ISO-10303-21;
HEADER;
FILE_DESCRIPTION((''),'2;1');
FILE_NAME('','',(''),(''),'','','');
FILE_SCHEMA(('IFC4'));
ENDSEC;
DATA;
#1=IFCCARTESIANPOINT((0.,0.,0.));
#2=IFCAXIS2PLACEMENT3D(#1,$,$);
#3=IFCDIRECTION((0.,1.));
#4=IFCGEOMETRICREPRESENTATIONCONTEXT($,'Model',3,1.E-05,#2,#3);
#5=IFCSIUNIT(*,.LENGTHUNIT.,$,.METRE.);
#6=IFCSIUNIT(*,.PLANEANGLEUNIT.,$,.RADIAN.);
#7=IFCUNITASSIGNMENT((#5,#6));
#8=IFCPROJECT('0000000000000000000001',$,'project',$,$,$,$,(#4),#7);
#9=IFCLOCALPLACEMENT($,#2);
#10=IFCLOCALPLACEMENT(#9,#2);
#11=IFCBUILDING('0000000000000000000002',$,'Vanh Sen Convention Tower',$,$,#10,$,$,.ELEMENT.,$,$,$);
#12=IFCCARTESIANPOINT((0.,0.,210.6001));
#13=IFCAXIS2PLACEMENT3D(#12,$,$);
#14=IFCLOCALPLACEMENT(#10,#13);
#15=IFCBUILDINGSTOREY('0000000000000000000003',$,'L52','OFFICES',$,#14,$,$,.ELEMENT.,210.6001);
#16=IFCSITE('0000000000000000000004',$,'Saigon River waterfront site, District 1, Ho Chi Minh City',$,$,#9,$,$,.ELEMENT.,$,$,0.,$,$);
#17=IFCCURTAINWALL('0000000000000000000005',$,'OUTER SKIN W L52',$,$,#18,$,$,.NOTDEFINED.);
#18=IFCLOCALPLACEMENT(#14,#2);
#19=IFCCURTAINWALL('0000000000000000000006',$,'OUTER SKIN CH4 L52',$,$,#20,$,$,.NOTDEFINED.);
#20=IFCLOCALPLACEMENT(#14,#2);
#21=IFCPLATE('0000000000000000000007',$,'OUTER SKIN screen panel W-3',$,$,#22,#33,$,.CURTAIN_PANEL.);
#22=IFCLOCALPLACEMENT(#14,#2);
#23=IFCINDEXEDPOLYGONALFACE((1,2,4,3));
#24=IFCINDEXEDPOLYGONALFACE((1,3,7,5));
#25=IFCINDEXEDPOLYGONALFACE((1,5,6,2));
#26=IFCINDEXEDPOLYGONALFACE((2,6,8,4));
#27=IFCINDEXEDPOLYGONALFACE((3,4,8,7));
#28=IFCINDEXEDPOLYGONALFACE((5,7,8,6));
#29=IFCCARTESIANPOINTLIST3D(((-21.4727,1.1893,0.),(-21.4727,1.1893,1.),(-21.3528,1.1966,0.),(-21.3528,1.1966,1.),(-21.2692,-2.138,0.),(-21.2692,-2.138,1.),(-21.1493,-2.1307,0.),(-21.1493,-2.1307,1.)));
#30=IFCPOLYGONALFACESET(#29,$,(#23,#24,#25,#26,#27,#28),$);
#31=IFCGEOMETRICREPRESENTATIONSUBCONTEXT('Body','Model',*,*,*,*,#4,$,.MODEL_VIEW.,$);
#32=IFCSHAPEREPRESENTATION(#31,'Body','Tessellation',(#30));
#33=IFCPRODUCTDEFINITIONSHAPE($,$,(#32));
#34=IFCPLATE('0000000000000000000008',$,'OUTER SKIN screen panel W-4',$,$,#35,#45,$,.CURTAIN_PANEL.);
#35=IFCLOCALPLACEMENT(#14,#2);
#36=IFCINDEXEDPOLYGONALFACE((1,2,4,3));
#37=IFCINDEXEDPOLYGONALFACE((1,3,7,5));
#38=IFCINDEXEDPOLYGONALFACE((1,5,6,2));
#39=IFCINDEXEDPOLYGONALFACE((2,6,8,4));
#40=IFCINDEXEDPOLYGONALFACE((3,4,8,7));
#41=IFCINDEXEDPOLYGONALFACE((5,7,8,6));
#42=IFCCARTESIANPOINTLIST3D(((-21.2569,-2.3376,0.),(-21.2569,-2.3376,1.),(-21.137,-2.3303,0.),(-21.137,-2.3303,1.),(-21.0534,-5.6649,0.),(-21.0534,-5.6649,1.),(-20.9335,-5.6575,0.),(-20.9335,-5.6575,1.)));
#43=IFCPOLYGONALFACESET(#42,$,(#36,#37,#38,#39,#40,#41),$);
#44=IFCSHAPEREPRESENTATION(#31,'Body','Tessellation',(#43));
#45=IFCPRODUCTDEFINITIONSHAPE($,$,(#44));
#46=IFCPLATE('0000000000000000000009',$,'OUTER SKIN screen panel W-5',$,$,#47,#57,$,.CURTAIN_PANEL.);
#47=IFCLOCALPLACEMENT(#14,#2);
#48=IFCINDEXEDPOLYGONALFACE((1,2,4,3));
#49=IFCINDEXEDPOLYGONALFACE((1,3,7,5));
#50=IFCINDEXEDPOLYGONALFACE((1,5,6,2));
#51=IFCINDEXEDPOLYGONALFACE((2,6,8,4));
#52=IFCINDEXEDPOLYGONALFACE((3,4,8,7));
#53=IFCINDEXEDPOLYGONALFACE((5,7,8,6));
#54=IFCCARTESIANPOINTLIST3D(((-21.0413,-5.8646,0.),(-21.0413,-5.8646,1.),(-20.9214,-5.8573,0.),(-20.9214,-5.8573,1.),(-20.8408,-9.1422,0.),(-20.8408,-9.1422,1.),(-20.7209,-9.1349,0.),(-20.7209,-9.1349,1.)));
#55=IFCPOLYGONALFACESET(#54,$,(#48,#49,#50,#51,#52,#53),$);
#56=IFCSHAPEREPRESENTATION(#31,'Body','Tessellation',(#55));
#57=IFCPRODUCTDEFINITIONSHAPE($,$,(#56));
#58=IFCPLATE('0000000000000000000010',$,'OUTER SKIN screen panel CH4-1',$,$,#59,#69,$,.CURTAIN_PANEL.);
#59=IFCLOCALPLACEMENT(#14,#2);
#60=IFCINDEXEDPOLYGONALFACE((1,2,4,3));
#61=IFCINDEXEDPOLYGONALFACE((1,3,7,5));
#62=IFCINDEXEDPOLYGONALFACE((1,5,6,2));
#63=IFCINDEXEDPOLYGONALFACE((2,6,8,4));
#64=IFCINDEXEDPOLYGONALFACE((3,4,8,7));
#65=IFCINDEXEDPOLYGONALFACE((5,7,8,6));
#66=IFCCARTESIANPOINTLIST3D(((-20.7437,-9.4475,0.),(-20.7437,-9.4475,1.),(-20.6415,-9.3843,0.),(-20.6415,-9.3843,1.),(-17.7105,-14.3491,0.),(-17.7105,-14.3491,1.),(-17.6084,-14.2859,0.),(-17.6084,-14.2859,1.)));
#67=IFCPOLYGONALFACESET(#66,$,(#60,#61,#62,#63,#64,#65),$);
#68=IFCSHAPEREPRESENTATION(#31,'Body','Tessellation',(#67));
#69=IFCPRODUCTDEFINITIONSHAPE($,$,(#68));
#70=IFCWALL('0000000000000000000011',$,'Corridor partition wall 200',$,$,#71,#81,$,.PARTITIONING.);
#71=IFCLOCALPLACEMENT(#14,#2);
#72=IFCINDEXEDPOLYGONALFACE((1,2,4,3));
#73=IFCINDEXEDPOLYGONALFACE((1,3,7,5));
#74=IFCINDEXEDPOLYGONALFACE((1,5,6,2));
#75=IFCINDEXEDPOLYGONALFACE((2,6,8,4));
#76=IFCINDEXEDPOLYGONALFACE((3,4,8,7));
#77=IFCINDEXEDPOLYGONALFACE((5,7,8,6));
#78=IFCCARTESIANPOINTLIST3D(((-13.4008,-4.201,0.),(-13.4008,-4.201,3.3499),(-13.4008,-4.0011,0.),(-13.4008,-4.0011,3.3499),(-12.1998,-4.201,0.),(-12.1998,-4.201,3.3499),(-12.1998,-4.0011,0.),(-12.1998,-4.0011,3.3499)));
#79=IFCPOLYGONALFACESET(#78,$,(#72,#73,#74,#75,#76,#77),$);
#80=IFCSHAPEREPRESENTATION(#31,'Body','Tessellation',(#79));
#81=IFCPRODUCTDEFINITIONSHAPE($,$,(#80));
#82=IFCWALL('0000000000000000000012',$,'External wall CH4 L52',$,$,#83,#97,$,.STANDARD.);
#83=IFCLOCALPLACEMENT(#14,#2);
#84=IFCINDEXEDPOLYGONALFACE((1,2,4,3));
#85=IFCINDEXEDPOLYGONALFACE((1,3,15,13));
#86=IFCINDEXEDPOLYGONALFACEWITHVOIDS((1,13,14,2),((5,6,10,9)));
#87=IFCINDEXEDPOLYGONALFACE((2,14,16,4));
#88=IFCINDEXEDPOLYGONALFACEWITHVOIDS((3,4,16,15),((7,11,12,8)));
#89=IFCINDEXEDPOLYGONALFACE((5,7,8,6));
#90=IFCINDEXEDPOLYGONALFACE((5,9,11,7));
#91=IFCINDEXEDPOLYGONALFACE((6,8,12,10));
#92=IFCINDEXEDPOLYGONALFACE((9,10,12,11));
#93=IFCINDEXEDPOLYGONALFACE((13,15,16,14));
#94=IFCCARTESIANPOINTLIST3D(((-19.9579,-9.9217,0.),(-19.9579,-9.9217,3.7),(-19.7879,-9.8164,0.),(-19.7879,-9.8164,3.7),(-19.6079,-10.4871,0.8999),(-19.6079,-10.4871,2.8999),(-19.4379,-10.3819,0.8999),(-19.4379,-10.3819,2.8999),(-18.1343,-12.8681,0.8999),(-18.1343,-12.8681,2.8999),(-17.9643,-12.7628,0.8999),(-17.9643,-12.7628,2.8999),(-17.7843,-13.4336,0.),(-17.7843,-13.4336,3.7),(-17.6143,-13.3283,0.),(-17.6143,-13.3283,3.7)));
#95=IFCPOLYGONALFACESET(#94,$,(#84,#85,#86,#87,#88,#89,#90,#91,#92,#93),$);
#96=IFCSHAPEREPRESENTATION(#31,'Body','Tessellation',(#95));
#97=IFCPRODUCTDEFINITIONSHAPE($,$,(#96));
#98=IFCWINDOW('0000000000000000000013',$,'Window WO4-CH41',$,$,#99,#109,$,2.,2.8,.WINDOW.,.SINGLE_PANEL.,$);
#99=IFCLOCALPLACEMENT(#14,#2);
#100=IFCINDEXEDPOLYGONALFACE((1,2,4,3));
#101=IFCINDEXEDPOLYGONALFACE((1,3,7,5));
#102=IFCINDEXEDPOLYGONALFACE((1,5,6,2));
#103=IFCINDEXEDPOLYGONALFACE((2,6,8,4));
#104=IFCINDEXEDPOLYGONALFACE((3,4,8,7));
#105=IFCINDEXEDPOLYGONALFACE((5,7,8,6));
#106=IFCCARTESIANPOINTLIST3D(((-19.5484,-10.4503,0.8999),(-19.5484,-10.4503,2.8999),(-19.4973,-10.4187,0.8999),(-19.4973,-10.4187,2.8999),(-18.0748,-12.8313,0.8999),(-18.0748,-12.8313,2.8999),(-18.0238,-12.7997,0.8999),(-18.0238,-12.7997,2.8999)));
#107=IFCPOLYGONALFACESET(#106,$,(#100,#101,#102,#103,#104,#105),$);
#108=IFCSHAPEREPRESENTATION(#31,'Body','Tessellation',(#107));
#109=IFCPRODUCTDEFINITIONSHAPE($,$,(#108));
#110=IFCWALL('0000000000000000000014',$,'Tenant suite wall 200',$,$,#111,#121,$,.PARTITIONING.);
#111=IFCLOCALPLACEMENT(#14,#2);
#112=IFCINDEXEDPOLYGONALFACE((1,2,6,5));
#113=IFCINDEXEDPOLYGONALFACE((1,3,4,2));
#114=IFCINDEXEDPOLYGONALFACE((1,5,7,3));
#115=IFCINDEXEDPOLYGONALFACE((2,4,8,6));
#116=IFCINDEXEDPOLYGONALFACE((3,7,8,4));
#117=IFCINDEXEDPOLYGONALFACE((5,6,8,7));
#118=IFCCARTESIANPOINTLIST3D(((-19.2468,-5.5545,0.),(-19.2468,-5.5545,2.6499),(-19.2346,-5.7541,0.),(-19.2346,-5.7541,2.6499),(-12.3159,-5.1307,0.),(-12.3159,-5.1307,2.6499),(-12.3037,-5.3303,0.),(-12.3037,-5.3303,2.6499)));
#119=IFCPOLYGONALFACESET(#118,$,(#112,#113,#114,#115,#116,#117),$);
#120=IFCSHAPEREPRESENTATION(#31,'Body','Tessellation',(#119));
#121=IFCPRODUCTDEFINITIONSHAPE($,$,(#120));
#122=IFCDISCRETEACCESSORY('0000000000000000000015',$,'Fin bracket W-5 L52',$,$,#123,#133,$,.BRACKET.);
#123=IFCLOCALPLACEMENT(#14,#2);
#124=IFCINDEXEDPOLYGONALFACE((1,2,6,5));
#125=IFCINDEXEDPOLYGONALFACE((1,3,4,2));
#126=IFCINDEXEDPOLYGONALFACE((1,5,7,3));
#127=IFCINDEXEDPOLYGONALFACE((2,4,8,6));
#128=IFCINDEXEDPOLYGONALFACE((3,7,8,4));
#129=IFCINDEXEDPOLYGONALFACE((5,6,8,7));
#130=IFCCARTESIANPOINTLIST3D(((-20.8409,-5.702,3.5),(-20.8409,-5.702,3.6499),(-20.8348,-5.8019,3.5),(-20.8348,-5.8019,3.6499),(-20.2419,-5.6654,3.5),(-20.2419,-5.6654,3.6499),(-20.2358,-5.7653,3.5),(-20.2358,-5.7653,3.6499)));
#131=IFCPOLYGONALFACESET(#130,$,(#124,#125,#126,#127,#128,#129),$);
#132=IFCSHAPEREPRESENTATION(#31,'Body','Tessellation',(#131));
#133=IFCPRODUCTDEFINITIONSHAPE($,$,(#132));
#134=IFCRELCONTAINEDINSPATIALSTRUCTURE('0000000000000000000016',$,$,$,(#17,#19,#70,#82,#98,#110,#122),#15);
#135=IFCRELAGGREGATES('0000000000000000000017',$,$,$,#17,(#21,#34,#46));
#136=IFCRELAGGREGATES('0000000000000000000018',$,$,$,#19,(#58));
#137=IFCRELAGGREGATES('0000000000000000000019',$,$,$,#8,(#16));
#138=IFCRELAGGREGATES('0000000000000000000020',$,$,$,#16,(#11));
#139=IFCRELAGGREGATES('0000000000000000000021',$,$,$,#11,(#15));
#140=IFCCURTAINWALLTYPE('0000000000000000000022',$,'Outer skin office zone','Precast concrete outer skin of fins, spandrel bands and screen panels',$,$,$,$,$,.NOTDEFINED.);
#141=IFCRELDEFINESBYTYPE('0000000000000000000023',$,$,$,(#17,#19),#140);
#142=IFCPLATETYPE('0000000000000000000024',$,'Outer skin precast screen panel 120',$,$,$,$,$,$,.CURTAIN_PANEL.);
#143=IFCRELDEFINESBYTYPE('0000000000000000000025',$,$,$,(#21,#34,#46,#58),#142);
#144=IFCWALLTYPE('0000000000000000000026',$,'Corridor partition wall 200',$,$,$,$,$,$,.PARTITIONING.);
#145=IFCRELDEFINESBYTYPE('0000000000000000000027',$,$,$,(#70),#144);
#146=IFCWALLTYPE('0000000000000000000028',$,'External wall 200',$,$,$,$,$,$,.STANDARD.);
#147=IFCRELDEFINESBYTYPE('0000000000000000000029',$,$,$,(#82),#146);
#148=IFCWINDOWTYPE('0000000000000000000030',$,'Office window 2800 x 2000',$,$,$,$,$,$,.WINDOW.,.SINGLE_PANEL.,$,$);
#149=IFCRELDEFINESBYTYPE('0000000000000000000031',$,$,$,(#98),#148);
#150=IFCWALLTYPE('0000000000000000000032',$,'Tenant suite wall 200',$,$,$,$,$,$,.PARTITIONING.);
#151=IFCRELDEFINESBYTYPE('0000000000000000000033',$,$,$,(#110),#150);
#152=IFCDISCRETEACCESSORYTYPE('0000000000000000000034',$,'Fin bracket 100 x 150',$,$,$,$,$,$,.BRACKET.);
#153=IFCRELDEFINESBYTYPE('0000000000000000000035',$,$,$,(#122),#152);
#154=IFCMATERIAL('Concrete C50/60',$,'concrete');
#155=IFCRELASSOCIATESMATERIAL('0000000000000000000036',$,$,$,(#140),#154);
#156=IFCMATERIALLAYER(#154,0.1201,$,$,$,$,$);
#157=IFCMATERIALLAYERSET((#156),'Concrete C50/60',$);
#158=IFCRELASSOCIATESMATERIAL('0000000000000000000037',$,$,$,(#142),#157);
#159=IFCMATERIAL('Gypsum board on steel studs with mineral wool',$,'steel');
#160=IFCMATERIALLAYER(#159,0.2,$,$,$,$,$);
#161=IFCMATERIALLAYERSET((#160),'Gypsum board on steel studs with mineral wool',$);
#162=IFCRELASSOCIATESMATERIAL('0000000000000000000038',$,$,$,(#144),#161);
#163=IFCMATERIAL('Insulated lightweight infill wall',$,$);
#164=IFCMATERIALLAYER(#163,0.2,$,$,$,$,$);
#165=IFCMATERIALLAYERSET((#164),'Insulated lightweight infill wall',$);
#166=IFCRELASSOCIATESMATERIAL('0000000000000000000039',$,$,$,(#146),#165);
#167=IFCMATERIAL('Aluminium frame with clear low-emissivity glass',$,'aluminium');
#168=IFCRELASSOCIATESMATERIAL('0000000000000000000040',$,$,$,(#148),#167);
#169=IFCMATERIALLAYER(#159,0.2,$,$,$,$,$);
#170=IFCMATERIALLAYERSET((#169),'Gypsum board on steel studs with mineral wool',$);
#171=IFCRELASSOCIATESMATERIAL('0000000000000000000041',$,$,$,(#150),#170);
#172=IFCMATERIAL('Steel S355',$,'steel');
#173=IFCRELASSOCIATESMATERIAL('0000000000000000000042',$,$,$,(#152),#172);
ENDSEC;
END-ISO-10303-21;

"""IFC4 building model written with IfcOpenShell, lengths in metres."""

from ifc_helpers import new_model, si_unit, direction, frame, frame_2d, origin, origin_2d, place, context, subcontext, project, spatial, rectangle, extrude, material, layer, layer_set, type_object, element, fill, aggregate, save


model = new_model("IFC4")

# Units and contexts
model_context = context("Model", 3, precision=1e-05, world=origin(), true_north=direction((0.0, 1.0)))
body_context = subcontext(model_context, "Body", "Model", "MODEL_VIEW")
ifc_project = project(units=[si_unit("LENGTHUNIT", "METRE"), si_unit("PLANEANGLEUNIT", "RADIAN")], contexts=[model_context])

# Site, building, storey
site_placement = place(None, origin())
site = spatial("IfcSite", under=ifc_project, at=site_placement, Name="Saigon River waterfront site, District 1, Ho Chi Minh City", CompositionType="ELEMENT", RefElevation=0.0)
building_placement = place(site_placement, origin())
building = spatial("IfcBuilding", under=site, at=building_placement, Name="Vanh Sen Convention Tower", CompositionType="ELEMENT")
storey_placement = place(building_placement, frame((0.0, 0.0, 210.6001)))
storey = spatial("IfcBuildingStorey", under=building, at=storey_placement, Name="L52", Description="OFFICES", CompositionType="ELEMENT", Elevation=210.6001)

# Curtain wall
ifc_material_1 = material(Name="Concrete C50/60", Category="concrete")
curtain_wall_type = type_object("IfcCurtainWallType", Name="Outer skin office zone", Description="Precast concrete outer skin of fins, spandrel bands and screen panels", PredefinedType="NOTDEFINED", material=ifc_material_1)
curtain_wall_1_placement = place(storey_placement, origin())
curtain_wall_1 = element("IfcCurtainWall", 1, at=curtain_wall_1_placement, inside=storey, type_object=curtain_wall_type, Name="OUTER SKIN W L52", PredefinedType="NOTDEFINED")

# Curtain wall
curtain_wall_2_placement = place(storey_placement, origin())
curtain_wall_2 = element("IfcCurtainWall", 2, at=curtain_wall_2_placement, inside=storey, type_object=curtain_wall_type, Name="OUTER SKIN CH4 L52", PredefinedType="NOTDEFINED")

# Plates
ifc_layer_1 = layer(ifc_material_1, 0.1201)
ifc_layer_set_1 = layer_set([ifc_layer_1], Name="Concrete C50/60")
plate_type = type_object("IfcPlateType", Name="Outer skin precast screen panel 120", PredefinedType="CURTAIN_PANEL", material=ifc_layer_set_1)
plate_1_placement = place(storey_placement, frame((-21.311, -0.4707, 0.0), z_axis=(0.0, 0.0, 1.0), x_axis=(0.061043, -0.998135, 0.0)))
plate_1 = element("IfcPlate", 3, at=plate_1_placement, type_object=plate_type, Name="OUTER SKIN screen panel W-3", PredefinedType="CURTAIN_PANEL", context=body_context, shape_type="SweptSolid", body=[
    extrude(rectangle(XDim=3.3335, YDim=0.1201, at=origin_2d()), origin(), (0.0, 0.0, 1.0), 1.0),
])
plate_2_placement = place(storey_placement, frame((-21.0952, -3.9976, 0.0), z_axis=(0.0, 0.0, 1.0), x_axis=(0.061043, -0.998135, 0.0)))
plate_2 = element("IfcPlate", 4, at=plate_2_placement, type_object=plate_type, Name="OUTER SKIN screen panel W-4", PredefinedType="CURTAIN_PANEL", context=body_context, shape_type="SweptSolid", body=[
    extrude(rectangle(XDim=3.3335, YDim=0.1201, at=origin_2d()), origin(), (0.0, 0.0, 1.0), 1.0),
])
plate_3_placement = place(storey_placement, frame((-20.8811, -7.4998, 0.0), z_axis=(0.0, 0.0, 1.0), x_axis=(0.061069, -0.998134, 0.0)))
plate_3 = element("IfcPlate", 5, at=plate_3_placement, type_object=plate_type, Name="OUTER SKIN screen panel W-5", PredefinedType="CURTAIN_PANEL", context=body_context, shape_type="SweptSolid", body=[
    extrude(rectangle(XDim=3.2837, YDim=0.1201, at=origin_2d()), origin(), (0.0, 0.0, 1.0), 1.0),
])
aggregate(curtain_wall_1, [plate_1, plate_2, plate_3])
plate_4_placement = place(storey_placement, frame((-19.176, -11.8667, 0.0), z_axis=(0.0, 0.0, 1.0), x_axis=(0.526215, -0.850351, 0.0)))
plate_4 = element("IfcPlate", 6, at=plate_4_placement, type_object=plate_type, Name="OUTER SKIN screen panel CH4-1", PredefinedType="CURTAIN_PANEL", context=body_context, shape_type="SweptSolid", body=[
    extrude(rectangle(XDim=5.7642, YDim=0.1201, at=origin_2d()), origin(), (0.0, 0.0, 1.0), 1.0),
])
aggregate(curtain_wall_2, [plate_4])

# Wall
ifc_material_2 = material(Name="Gypsum board on steel studs with mineral wool", Category="steel")
ifc_layer_2 = layer(ifc_material_2, 0.2)
ifc_layer_set_2 = layer_set([ifc_layer_2], Name="Gypsum board on steel studs with mineral wool")
wall_type_1 = type_object("IfcWallType", Name="Corridor partition wall 200", PredefinedType="PARTITIONING", material=ifc_layer_set_2)
wall_1_placement = place(storey_placement, frame((-13.4009, -4.1011, 0.0), z_axis=(0.0, 0.0, 1.0), x_axis=(1.0, 0.0, 0.0)))
element("IfcWall", 7, at=wall_1_placement, inside=storey, type_object=wall_type_1, Name="Corridor partition wall 200", PredefinedType="PARTITIONING", context=body_context, shape_type="SweptSolid", body=[
    extrude(rectangle(XDim=1.2009, YDim=0.2, at=frame_2d((0.6006, 0.0))), origin(), (0.0, 0.0, 1.0), 3.3499),
])

# Wall, opening, window
ifc_material_3 = material(Name="Insulated lightweight infill wall")
ifc_layer_3 = layer(ifc_material_3, 0.2)
ifc_layer_set_3 = layer_set([ifc_layer_3], Name="Insulated lightweight infill wall")
wall_type_2 = type_object("IfcWallType", Name="External wall 200", PredefinedType="STANDARD", material=ifc_layer_set_3)
wall_2_placement = place(storey_placement, frame((-19.8728, -9.8691, 0.0), z_axis=(0.0, 0.0, 1.0), x_axis=(0.526269, -0.850318, 0.0)))
wall_2 = element("IfcWall", 8, at=wall_2_placement, inside=storey, type_object=wall_type_2, Name="External wall CH4 L52", PredefinedType="STANDARD", context=body_context, shape_type="SweptSolid", body=[
    extrude(rectangle(XDim=4.1301, YDim=0.2, at=frame_2d((2.0649, 0.0))), origin(), (0.0, 0.0, 1.0), 3.7),
])
opening_placement = place(wall_2_placement, frame((0.665, 0.0, 0.8999)))
opening = element("IfcOpeningElement", 9, at=opening_placement, cuts=wall_2, PredefinedType="OPENING", context=body_context, shape_type="SweptSolid", body=[
    extrude(rectangle(XDim=2.8, YDim=2.0, at=frame_2d((1.3999, 1.0))), frame((0.0, 0.1099, 0.0), z_axis=(0.0, -1.0, 0.0), x_axis=(1.0, 0.0, 0.0)), (0.0, 0.0, 1.0), 0.22),
])
ifc_material_4 = material(Name="Aluminium frame with clear low-emissivity glass", Category="aluminium")
window_type = type_object("IfcWindowType", Name="Office window 2800 x 2000", PartitioningType="SINGLE_PANEL", PredefinedType="WINDOW", material=ifc_material_4)
window_placement = place(opening_placement, origin())
window = element("IfcWindow", 10, at=window_placement, inside=storey, type_object=window_type, Name="Window WO4-CH41", OverallHeight=2.0, OverallWidth=2.8, PartitioningType="SINGLE_PANEL", PredefinedType="WINDOW", context=body_context, shape_type="SweptSolid", body=[
    extrude(rectangle(XDim=2.8, YDim=2.0, at=frame_2d((1.3999, 1.0))), frame((0.0, 0.03, 0.0), z_axis=(0.0, -1.0, 0.0), x_axis=(1.0, 0.0, 0.0)), (0.0, 0.0, 1.0), 0.0601),
])
fill(opening, window)

# Wall
ifc_layer_4 = layer(ifc_material_2, 0.2)
ifc_layer_set_4 = layer_set([ifc_layer_4], Name="Gypsum board on steel studs with mineral wool")
wall_type_3 = type_object("IfcWallType", Name="Tenant suite wall 200", PredefinedType="PARTITIONING", material=ifc_layer_set_4)
wall_3_placement = place(storey_placement, frame((-19.2407, -5.6543, 0.0), z_axis=(0.0, 0.0, 1.0), x_axis=(0.998136, 0.061036, 0.0)))
element("IfcWall", 11, at=wall_3_placement, inside=storey, type_object=wall_type_3, Name="Tenant suite wall 200", PredefinedType="PARTITIONING", context=body_context, shape_type="SweptSolid", body=[
    extrude(rectangle(XDim=6.9438, YDim=0.2, at=frame_2d((3.4719, 0.0))), origin(), (0.0, 0.0, 1.0), 2.6499),
])

# Discrete accessory
ifc_material_5 = material(Name="Steel S355", Category="steel")
discrete_accessory_type = type_object("IfcDiscreteAccessoryType", Name="Fin bracket 100 x 150", PredefinedType="BRACKET", material=ifc_material_5)
discrete_accessory_placement = place(storey_placement, frame((-20.5383, -5.7336, 3.5), z_axis=(0.0, 0.0, 1.0), x_axis=(-0.998135, -0.061049, 0.0)))
element("IfcDiscreteAccessory", 12, at=discrete_accessory_placement, inside=storey, type_object=discrete_accessory_type, Name="Fin bracket W-5 L52", PredefinedType="BRACKET", context=body_context, shape_type="SweptSolid", body=[
    extrude(rectangle(XDim=0.6001, YDim=0.1001, at=origin_2d()), origin(), (0.0, 0.0, 1.0), 0.1499),
])

save(model, "model.ifc")
